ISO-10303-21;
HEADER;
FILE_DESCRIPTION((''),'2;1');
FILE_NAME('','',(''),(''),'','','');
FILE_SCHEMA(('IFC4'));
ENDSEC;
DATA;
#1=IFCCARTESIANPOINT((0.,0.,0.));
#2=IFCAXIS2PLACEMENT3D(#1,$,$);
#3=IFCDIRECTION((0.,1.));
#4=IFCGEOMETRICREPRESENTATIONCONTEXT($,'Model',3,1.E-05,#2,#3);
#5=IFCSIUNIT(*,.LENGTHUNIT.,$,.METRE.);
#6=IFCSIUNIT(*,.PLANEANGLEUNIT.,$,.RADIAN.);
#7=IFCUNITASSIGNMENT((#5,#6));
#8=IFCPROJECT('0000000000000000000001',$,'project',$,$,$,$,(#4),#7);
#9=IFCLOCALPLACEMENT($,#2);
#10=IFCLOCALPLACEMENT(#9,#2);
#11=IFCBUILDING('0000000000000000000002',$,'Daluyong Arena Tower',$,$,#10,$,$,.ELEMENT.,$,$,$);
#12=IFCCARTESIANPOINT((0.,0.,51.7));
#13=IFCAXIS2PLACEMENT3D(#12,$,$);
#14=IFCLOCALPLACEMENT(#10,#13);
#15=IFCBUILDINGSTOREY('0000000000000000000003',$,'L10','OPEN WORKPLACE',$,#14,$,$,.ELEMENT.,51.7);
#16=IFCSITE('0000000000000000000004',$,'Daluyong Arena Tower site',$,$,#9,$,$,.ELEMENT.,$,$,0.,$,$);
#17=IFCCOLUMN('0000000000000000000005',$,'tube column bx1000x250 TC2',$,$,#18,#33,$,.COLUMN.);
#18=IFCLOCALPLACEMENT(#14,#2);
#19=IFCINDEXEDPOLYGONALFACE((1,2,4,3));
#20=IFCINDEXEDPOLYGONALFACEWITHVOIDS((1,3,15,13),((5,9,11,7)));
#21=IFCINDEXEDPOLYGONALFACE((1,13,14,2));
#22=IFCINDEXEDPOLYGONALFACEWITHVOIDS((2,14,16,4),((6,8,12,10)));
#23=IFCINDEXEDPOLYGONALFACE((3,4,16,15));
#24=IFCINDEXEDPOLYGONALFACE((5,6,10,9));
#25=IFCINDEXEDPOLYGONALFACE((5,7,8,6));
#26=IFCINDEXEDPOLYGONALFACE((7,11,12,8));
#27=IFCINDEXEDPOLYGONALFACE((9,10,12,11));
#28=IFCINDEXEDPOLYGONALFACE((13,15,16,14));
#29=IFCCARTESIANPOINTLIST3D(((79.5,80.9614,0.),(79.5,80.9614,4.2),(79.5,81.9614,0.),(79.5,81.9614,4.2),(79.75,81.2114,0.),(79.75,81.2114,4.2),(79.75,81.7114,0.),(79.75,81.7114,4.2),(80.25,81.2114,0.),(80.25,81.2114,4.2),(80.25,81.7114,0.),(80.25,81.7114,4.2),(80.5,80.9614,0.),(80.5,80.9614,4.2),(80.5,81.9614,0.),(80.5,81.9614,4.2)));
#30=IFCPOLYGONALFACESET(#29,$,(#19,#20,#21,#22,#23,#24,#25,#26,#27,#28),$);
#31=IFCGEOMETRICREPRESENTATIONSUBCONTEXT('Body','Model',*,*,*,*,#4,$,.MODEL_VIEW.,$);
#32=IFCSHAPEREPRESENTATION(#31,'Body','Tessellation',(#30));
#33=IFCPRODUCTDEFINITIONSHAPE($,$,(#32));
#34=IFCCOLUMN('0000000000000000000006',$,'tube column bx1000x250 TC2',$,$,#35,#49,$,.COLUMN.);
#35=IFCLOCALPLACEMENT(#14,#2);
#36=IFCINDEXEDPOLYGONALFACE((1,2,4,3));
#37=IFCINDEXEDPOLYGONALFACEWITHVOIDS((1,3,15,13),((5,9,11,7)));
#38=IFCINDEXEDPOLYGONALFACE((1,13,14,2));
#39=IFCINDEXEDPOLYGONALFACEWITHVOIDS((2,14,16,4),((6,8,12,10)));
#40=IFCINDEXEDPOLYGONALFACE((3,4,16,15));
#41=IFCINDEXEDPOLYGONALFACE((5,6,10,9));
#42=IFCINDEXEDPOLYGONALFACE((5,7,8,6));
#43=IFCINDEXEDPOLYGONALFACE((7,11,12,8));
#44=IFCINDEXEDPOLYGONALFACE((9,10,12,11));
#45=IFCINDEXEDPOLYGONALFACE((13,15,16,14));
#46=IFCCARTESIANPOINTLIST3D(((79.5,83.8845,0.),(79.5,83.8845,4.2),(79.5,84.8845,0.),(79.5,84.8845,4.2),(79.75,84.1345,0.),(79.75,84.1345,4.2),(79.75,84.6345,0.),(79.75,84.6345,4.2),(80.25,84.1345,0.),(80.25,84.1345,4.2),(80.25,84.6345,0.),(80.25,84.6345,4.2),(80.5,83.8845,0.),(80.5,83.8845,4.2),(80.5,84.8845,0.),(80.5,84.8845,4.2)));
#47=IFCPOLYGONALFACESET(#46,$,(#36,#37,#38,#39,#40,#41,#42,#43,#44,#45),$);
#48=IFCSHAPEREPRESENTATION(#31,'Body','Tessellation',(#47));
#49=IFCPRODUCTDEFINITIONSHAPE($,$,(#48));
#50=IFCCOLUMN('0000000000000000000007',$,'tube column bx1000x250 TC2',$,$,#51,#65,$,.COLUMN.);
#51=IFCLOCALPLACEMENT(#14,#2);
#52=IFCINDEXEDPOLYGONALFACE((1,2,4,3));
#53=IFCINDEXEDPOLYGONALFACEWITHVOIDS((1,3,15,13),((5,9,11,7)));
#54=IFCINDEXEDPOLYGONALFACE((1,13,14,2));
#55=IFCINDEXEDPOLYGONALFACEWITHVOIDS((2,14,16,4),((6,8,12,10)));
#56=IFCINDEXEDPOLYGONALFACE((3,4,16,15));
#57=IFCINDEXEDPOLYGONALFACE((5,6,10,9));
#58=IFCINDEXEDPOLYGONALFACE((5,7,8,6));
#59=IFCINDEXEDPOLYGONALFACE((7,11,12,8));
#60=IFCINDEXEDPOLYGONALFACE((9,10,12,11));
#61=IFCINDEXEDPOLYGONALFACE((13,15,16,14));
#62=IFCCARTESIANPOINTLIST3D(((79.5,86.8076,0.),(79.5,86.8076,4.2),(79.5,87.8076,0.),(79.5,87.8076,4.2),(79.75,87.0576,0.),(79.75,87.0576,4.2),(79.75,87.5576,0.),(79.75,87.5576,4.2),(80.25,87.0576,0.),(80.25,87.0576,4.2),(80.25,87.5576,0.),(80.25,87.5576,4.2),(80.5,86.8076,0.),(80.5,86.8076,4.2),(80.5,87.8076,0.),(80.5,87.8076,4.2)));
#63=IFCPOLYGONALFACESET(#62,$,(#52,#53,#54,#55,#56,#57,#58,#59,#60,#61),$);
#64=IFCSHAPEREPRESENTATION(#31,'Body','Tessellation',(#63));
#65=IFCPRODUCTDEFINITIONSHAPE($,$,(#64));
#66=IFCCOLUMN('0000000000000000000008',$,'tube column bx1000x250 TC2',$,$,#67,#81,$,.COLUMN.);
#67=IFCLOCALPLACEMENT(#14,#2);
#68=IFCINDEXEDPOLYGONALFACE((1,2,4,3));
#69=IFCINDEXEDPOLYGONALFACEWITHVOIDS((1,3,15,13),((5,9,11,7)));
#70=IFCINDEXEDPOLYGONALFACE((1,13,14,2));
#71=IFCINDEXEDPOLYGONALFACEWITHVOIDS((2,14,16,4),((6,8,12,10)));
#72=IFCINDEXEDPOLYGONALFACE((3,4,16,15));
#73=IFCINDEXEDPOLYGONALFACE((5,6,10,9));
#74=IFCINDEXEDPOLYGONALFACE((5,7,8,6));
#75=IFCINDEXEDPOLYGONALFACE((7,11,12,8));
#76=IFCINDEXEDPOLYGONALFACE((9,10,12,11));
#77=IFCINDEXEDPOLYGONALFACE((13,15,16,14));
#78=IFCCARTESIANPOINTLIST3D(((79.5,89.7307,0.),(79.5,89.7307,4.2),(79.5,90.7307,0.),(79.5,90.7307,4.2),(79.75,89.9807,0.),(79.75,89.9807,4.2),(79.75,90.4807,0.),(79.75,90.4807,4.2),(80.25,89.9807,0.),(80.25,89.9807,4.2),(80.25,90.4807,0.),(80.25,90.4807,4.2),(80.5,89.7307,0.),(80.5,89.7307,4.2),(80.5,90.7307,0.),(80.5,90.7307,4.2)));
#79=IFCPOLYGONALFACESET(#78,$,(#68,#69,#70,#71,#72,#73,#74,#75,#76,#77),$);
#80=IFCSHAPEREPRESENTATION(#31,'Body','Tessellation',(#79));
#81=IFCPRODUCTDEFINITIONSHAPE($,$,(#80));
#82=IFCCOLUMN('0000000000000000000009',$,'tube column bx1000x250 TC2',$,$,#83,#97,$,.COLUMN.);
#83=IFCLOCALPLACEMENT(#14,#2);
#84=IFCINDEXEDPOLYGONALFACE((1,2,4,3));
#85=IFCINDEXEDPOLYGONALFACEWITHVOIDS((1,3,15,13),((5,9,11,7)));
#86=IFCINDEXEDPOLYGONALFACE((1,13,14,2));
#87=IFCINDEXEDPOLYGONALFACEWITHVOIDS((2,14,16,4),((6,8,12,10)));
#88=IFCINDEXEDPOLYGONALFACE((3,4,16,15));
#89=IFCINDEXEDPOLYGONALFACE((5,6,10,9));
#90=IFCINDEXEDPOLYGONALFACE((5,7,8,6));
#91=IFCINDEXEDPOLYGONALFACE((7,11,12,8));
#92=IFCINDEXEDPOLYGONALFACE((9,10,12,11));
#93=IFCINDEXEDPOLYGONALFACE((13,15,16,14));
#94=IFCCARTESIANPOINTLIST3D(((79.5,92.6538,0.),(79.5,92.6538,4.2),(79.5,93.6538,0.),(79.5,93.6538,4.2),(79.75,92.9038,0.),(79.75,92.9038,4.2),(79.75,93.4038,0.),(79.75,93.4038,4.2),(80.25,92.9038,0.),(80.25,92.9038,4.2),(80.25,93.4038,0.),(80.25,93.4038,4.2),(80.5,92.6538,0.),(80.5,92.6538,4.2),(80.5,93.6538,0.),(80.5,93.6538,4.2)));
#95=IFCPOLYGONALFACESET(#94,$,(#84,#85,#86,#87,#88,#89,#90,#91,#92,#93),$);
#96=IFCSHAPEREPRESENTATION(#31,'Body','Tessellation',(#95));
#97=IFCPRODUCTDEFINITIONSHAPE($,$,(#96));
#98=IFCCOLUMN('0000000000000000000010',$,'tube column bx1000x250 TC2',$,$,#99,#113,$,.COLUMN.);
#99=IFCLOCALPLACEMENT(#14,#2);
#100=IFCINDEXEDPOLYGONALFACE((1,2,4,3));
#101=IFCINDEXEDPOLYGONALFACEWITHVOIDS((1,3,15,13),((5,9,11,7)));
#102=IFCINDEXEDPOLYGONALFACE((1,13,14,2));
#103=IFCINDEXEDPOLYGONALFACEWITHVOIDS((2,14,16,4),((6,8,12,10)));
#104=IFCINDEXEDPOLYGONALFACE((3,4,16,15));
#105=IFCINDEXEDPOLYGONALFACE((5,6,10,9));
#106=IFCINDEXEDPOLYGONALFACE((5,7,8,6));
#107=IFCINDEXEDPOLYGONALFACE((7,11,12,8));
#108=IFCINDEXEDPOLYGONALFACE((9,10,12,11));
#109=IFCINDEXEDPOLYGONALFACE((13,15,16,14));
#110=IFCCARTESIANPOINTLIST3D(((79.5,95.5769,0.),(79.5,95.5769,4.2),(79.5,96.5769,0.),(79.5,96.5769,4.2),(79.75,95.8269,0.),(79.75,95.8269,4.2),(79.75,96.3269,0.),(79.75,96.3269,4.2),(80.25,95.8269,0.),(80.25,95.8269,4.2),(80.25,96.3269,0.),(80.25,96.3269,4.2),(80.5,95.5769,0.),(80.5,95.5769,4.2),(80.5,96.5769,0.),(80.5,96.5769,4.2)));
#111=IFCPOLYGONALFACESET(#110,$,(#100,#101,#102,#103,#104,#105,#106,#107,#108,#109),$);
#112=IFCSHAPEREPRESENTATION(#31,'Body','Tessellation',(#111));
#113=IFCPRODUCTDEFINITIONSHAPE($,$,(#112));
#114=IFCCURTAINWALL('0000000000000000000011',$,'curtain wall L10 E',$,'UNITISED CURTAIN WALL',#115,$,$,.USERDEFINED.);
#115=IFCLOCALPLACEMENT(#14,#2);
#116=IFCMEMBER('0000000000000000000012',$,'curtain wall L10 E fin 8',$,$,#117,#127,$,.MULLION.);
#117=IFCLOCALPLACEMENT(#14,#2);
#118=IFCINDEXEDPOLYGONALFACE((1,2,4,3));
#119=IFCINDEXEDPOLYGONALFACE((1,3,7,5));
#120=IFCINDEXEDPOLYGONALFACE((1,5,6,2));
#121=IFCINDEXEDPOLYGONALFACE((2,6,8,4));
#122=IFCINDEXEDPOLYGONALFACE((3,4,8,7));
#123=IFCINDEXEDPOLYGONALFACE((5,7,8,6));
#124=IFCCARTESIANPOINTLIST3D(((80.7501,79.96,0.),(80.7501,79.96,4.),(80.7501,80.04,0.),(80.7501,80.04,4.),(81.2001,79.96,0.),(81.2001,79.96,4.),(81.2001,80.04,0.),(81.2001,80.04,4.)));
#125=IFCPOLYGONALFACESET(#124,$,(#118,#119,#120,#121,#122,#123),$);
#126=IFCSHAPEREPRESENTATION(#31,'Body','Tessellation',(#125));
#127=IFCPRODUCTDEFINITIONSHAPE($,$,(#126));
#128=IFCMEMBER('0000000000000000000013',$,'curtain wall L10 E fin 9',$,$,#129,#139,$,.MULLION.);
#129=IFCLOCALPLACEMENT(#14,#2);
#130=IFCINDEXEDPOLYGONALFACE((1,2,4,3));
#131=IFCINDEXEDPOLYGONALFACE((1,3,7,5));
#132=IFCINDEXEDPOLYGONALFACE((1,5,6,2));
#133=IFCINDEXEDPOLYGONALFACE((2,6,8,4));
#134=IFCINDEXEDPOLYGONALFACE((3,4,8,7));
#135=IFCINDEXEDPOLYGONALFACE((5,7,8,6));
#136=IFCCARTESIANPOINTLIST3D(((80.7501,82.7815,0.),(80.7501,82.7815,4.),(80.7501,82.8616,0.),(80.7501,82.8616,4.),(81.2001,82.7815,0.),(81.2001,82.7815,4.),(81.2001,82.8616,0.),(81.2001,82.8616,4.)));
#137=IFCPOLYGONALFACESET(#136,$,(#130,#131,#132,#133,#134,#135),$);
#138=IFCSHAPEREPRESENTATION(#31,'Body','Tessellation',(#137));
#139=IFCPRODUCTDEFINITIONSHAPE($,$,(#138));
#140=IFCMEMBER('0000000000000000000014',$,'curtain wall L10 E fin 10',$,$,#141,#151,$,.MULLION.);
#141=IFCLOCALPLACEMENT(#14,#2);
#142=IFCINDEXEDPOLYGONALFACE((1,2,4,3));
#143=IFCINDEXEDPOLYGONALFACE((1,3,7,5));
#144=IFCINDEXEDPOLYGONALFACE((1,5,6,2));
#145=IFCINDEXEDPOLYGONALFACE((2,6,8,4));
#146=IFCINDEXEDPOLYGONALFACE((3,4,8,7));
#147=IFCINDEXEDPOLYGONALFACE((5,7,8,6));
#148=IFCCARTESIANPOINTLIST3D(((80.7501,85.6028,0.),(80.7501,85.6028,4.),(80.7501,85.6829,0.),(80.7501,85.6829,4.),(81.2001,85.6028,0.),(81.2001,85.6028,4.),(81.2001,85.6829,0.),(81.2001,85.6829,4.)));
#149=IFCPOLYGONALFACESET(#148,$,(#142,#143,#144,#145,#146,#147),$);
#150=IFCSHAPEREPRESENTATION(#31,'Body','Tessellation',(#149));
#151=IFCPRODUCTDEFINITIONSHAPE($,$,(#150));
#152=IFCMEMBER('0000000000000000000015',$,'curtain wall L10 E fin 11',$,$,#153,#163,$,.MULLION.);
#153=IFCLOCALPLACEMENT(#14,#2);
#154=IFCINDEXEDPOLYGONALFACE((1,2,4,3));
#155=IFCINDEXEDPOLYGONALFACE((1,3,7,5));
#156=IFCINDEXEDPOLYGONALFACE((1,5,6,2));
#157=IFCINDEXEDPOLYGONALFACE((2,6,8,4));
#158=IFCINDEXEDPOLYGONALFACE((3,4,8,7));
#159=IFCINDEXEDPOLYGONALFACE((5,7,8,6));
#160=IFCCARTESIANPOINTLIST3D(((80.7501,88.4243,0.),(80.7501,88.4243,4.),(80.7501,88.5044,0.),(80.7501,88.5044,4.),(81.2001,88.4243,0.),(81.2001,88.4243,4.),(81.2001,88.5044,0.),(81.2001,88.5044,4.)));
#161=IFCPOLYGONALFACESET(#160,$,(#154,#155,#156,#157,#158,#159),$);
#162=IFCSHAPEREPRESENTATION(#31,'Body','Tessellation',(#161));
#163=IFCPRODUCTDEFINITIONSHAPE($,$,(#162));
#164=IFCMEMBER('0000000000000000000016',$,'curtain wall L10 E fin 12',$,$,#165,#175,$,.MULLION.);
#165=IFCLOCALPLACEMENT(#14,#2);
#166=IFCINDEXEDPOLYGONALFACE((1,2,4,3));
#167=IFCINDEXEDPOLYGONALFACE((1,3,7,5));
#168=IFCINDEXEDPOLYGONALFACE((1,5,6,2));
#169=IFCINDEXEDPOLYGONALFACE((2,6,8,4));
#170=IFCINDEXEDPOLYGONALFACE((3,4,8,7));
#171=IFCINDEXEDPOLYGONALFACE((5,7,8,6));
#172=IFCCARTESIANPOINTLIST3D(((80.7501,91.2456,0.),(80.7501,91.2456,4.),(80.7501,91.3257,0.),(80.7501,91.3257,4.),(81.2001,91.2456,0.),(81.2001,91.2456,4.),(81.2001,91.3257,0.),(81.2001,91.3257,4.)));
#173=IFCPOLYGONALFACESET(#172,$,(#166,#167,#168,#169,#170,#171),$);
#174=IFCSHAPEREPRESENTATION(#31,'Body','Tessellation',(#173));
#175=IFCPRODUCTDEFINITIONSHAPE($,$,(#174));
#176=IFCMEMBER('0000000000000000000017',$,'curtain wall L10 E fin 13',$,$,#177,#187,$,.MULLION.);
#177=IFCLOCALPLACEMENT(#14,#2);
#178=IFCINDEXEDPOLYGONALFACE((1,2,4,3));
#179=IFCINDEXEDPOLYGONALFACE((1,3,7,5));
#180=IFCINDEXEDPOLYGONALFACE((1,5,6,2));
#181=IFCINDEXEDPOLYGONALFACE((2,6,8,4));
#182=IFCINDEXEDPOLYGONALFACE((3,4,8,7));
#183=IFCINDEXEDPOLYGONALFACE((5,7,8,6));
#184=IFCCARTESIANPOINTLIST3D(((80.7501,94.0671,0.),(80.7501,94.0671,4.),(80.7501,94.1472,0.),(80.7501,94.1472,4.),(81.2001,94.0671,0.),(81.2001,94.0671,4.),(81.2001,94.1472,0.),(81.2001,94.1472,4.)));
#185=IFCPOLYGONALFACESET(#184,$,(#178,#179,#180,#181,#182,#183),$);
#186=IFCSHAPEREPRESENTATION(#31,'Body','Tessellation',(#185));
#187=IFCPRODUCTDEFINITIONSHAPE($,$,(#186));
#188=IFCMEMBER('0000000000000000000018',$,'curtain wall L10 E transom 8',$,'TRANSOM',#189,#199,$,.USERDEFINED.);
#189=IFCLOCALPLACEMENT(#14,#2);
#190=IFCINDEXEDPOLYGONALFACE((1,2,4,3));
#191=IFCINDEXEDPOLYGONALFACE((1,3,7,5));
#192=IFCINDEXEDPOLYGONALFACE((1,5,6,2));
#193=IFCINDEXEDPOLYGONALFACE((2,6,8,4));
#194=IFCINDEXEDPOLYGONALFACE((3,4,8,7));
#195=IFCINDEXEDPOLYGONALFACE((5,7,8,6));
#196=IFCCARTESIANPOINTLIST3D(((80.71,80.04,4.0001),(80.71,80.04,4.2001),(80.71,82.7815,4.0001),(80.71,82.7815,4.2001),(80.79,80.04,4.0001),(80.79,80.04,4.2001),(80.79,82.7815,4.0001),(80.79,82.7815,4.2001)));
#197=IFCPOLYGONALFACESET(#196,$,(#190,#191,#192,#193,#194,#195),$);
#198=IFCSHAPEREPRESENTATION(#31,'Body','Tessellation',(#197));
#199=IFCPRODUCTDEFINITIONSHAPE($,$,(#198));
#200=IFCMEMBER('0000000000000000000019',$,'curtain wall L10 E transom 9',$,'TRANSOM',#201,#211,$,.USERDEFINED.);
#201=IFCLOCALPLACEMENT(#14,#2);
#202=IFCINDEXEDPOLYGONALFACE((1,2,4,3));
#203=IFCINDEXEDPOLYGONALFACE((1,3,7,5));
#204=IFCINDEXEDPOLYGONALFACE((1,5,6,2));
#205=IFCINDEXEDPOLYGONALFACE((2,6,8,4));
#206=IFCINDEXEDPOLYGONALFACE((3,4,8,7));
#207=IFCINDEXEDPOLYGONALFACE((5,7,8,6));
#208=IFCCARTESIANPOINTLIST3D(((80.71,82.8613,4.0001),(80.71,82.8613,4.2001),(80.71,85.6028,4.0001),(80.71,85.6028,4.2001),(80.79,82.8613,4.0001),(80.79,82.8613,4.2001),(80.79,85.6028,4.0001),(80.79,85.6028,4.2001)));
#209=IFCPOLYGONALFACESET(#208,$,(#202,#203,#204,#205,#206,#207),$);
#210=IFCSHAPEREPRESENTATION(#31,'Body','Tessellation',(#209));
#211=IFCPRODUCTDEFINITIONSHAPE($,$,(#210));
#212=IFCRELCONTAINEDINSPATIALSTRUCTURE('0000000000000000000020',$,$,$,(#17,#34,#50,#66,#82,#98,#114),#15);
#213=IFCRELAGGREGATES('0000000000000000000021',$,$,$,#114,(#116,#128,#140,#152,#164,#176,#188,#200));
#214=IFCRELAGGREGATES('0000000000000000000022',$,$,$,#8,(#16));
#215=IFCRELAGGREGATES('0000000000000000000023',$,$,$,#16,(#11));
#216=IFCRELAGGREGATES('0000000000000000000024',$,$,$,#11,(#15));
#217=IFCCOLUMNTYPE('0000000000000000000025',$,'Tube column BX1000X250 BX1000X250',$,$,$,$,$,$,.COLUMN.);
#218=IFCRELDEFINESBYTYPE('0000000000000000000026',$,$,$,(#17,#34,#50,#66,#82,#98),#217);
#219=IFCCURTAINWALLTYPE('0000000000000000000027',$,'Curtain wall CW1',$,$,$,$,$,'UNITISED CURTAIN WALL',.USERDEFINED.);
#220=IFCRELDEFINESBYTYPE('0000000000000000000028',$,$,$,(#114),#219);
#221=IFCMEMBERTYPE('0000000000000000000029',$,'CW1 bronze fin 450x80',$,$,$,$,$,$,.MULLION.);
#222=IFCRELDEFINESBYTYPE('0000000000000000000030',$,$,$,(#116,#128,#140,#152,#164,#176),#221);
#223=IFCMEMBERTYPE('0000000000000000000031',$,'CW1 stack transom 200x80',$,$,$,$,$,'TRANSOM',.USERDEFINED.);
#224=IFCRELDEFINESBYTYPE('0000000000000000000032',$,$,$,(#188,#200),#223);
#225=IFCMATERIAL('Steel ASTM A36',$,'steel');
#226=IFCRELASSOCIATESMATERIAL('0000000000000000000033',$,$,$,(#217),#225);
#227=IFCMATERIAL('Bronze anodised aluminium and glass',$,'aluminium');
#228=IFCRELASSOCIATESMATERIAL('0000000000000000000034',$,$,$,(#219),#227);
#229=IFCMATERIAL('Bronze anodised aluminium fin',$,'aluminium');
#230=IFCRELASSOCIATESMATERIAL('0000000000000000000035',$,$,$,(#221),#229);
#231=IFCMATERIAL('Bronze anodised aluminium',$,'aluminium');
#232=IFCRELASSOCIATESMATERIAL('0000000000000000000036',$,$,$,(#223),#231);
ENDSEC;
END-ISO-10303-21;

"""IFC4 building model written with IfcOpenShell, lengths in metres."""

from ifc_helpers import new_model, si_unit, direction, frame, origin, origin_2d, place, context, subcontext, project, spatial, rectangle, hollow_rectangle, extrude, material, material_profile, profile_set, type_object, element, aggregate, save


model = new_model("IFC4")

# Units and contexts
model_context = context("Model", 3, precision=1e-05, world=origin(), true_north=direction((0.0, 1.0)))
body_context = subcontext(model_context, "Body", "Model", "MODEL_VIEW")
ifc_project = project(units=[si_unit("LENGTHUNIT", "METRE"), si_unit("PLANEANGLEUNIT", "RADIAN")], contexts=[model_context])

# Site, building, storey
site_placement = place(None, origin())
site = spatial("IfcSite", under=ifc_project, at=site_placement, Name="Daluyong Arena Tower site", CompositionType="ELEMENT", RefElevation=0.0)
building_placement = place(site_placement, origin())
building = spatial("IfcBuilding", under=site, at=building_placement, Name="Daluyong Arena Tower", CompositionType="ELEMENT")
storey_placement = place(building_placement, frame((0.0, 0.0, 51.7)))
storey = spatial("IfcBuildingStorey", under=building, at=storey_placement, Name="L10", Description="OPEN WORKPLACE", CompositionType="ELEMENT", Elevation=51.7)

# Columns
ifc_material_1 = material(Name="Steel ASTM A36", Category="steel")
ifc_material_profile_1 = material_profile(ifc_material_1, hollow_rectangle(XDim=1.0, YDim=1.0, WallThickness=0.25, at=origin_2d()))
ifc_profile_set_1 = profile_set([ifc_material_profile_1], Name="Steel ASTM A36")
column_type = type_object("IfcColumnType", Name="Tube column BX1000X250 BX1000X250", PredefinedType="COLUMN", material=ifc_profile_set_1)
for number, where, z_axis, x_axis, name in (
    (1, (80.0, 81.4614, 0.0), (0.0, 0.0, 1.0), (0.0, 1.0, 0.0), "tube column bx1000x250 TC2"),
    (2, (80.0, 84.3845, 0.0), (0.0, 0.0, 1.0), (0.0, 1.0, 0.0), "tube column bx1000x250 TC2"),
    (3, (80.0, 87.3076, 0.0), (0.0, 0.0, 1.0), (0.0, 1.0, 0.0), "tube column bx1000x250 TC2"),
    (4, (80.0, 90.2307, 0.0), (0.0, 0.0, 1.0), (0.0, 1.0, 0.0), "tube column bx1000x250 TC2"),
    (5, (80.0, 93.1538, 0.0), (0.0, 0.0, 1.0), (0.0, 1.0, 0.0), "tube column bx1000x250 TC2"),
    (6, (80.0, 96.0769, 0.0), (0.0, 0.0, 1.0), (0.0, 1.0, 0.0), "tube column bx1000x250 TC2"),
):
    element("IfcColumn", number, at=place(storey_placement, frame(where, z_axis=z_axis, x_axis=x_axis)), inside=storey, type_object=column_type, Name=name, PredefinedType="COLUMN", context=body_context, shape_type="SweptSolid", body=[
        extrude(hollow_rectangle(XDim=1.0, YDim=1.0, WallThickness=0.25, at=origin_2d()), origin(), (0.0, 0.0, 1.0), 4.2),
    ])

# Curtain wall, members
ifc_material_2 = material(Name="Bronze anodised aluminium and glass", Category="aluminium")
curtain_wall_type = type_object("IfcCurtainWallType", Name="Curtain wall CW1", ElementType="UNITISED CURTAIN WALL", PredefinedType="USERDEFINED", material=ifc_material_2)
curtain_wall_placement = place(storey_placement, origin())
curtain_wall = element("IfcCurtainWall", 7, at=curtain_wall_placement, inside=storey, type_object=curtain_wall_type, Name="curtain wall L10 E", ObjectType="UNITISED CURTAIN WALL", PredefinedType="USERDEFINED")
ifc_material_3 = material(Name="Bronze anodised aluminium fin", Category="aluminium")
ifc_material_profile_2 = material_profile(ifc_material_3, rectangle(XDim=0.45, YDim=0.0801, at=origin_2d()))
ifc_profile_set_2 = profile_set([ifc_material_profile_2], Name="Bronze anodised aluminium fin")
member_type_1 = type_object("IfcMemberType", Name="CW1 bronze fin 450x80", PredefinedType="MULLION", material=ifc_profile_set_2)
member_1_placement = place(storey_placement, frame((80.9751, 80.0, 0.0), z_axis=(0.0, 0.0, 1.0), x_axis=(-1.0, 0.0, 0.0)))
member_1 = element("IfcMember", 8, at=member_1_placement, type_object=member_type_1, Name="curtain wall L10 E fin 8", PredefinedType="MULLION", context=body_context, shape_type="SweptSolid", body=[
    extrude(rectangle(XDim=0.45, YDim=0.0801, at=origin_2d()), origin(), (0.0, 0.0, 1.0), 4.0),
])
member_2_placement = place(storey_placement, frame((80.9751, 82.8215, 0.0), z_axis=(0.0, 0.0, 1.0), x_axis=(-1.0, 0.0, 0.0)))
member_2 = element("IfcMember", 9, at=member_2_placement, type_object=member_type_1, Name="curtain wall L10 E fin 9", PredefinedType="MULLION", context=body_context, shape_type="SweptSolid", body=[
    extrude(rectangle(XDim=0.45, YDim=0.0801, at=origin_2d()), origin(), (0.0, 0.0, 1.0), 4.0),
])
member_3_placement = place(storey_placement, frame((80.9751, 85.6428, 0.0), z_axis=(0.0, 0.0, 1.0), x_axis=(-1.0, 0.0, 0.0)))
member_3 = element("IfcMember", 10, at=member_3_placement, type_object=member_type_1, Name="curtain wall L10 E fin 10", PredefinedType="MULLION", context=body_context, shape_type="SweptSolid", body=[
    extrude(rectangle(XDim=0.45, YDim=0.0801, at=origin_2d()), origin(), (0.0, 0.0, 1.0), 4.0),
])
member_4_placement = place(storey_placement, frame((80.9751, 88.4644, 0.0), z_axis=(0.0, 0.0, 1.0), x_axis=(-1.0, 0.0, 0.0)))
member_4 = element("IfcMember", 11, at=member_4_placement, type_object=member_type_1, Name="curtain wall L10 E fin 11", PredefinedType="MULLION", context=body_context, shape_type="SweptSolid", body=[
    extrude(rectangle(XDim=0.45, YDim=0.0801, at=origin_2d()), origin(), (0.0, 0.0, 1.0), 4.0),
])
member_5_placement = place(storey_placement, frame((80.9751, 91.2856, 0.0), z_axis=(0.0, 0.0, 1.0), x_axis=(-1.0, 0.0, 0.0)))
member_5 = element("IfcMember", 12, at=member_5_placement, type_object=member_type_1, Name="curtain wall L10 E fin 12", PredefinedType="MULLION", context=body_context, shape_type="SweptSolid", body=[
    extrude(rectangle(XDim=0.45, YDim=0.0801, at=origin_2d()), origin(), (0.0, 0.0, 1.0), 4.0),
])
member_6_placement = place(storey_placement, frame((80.9751, 94.1072, 0.0), z_axis=(0.0, 0.0, 1.0), x_axis=(-1.0, 0.0, 0.0)))
member_6 = element("IfcMember", 13, at=member_6_placement, type_object=member_type_1, Name="curtain wall L10 E fin 13", PredefinedType="MULLION", context=body_context, shape_type="SweptSolid", body=[
    extrude(rectangle(XDim=0.45, YDim=0.0801, at=origin_2d()), origin(), (0.0, 0.0, 1.0), 4.0),
])
ifc_material_4 = material(Name="Bronze anodised aluminium", Category="aluminium")
ifc_material_profile_3 = material_profile(ifc_material_4, rectangle(XDim=0.0801, YDim=0.2, at=origin_2d()))
ifc_profile_set_3 = profile_set([ifc_material_profile_3], Name="Bronze anodised aluminium")
member_type_2 = type_object("IfcMemberType", Name="CW1 stack transom 200x80", ElementType="TRANSOM", PredefinedType="USERDEFINED", material=ifc_profile_set_3)
member_7_placement = place(storey_placement, frame((80.75, 80.04, 4.1001), z_axis=(0.0, 1.0, 0.0), x_axis=(-1.0, 0.0, 0.0)))
member_7 = element("IfcMember", 14, at=member_7_placement, type_object=member_type_2, Name="curtain wall L10 E transom 8", ObjectType="TRANSOM", PredefinedType="USERDEFINED", context=body_context, shape_type="SweptSolid", body=[
    extrude(rectangle(XDim=0.0801, YDim=0.2, at=origin_2d()), origin(), (0.0, 0.0, 1.0), 2.7415),
])
member_8_placement = place(storey_placement, frame((80.75, 82.8613, 4.1001), z_axis=(0.0, 1.0, 0.0), x_axis=(-1.0, 0.0, 0.0)))
member_8 = element("IfcMember", 15, at=member_8_placement, type_object=member_type_2, Name="curtain wall L10 E transom 9", ObjectType="TRANSOM", PredefinedType="USERDEFINED", context=body_context, shape_type="SweptSolid", body=[
    extrude(rectangle(XDim=0.0801, YDim=0.2, at=origin_2d()), origin(), (0.0, 0.0, 1.0), 2.7415),
])

aggregate(curtain_wall, [member_1, member_2, member_3, member_4, member_5, member_6, member_7, member_8])

save(model, "model.ifc")
